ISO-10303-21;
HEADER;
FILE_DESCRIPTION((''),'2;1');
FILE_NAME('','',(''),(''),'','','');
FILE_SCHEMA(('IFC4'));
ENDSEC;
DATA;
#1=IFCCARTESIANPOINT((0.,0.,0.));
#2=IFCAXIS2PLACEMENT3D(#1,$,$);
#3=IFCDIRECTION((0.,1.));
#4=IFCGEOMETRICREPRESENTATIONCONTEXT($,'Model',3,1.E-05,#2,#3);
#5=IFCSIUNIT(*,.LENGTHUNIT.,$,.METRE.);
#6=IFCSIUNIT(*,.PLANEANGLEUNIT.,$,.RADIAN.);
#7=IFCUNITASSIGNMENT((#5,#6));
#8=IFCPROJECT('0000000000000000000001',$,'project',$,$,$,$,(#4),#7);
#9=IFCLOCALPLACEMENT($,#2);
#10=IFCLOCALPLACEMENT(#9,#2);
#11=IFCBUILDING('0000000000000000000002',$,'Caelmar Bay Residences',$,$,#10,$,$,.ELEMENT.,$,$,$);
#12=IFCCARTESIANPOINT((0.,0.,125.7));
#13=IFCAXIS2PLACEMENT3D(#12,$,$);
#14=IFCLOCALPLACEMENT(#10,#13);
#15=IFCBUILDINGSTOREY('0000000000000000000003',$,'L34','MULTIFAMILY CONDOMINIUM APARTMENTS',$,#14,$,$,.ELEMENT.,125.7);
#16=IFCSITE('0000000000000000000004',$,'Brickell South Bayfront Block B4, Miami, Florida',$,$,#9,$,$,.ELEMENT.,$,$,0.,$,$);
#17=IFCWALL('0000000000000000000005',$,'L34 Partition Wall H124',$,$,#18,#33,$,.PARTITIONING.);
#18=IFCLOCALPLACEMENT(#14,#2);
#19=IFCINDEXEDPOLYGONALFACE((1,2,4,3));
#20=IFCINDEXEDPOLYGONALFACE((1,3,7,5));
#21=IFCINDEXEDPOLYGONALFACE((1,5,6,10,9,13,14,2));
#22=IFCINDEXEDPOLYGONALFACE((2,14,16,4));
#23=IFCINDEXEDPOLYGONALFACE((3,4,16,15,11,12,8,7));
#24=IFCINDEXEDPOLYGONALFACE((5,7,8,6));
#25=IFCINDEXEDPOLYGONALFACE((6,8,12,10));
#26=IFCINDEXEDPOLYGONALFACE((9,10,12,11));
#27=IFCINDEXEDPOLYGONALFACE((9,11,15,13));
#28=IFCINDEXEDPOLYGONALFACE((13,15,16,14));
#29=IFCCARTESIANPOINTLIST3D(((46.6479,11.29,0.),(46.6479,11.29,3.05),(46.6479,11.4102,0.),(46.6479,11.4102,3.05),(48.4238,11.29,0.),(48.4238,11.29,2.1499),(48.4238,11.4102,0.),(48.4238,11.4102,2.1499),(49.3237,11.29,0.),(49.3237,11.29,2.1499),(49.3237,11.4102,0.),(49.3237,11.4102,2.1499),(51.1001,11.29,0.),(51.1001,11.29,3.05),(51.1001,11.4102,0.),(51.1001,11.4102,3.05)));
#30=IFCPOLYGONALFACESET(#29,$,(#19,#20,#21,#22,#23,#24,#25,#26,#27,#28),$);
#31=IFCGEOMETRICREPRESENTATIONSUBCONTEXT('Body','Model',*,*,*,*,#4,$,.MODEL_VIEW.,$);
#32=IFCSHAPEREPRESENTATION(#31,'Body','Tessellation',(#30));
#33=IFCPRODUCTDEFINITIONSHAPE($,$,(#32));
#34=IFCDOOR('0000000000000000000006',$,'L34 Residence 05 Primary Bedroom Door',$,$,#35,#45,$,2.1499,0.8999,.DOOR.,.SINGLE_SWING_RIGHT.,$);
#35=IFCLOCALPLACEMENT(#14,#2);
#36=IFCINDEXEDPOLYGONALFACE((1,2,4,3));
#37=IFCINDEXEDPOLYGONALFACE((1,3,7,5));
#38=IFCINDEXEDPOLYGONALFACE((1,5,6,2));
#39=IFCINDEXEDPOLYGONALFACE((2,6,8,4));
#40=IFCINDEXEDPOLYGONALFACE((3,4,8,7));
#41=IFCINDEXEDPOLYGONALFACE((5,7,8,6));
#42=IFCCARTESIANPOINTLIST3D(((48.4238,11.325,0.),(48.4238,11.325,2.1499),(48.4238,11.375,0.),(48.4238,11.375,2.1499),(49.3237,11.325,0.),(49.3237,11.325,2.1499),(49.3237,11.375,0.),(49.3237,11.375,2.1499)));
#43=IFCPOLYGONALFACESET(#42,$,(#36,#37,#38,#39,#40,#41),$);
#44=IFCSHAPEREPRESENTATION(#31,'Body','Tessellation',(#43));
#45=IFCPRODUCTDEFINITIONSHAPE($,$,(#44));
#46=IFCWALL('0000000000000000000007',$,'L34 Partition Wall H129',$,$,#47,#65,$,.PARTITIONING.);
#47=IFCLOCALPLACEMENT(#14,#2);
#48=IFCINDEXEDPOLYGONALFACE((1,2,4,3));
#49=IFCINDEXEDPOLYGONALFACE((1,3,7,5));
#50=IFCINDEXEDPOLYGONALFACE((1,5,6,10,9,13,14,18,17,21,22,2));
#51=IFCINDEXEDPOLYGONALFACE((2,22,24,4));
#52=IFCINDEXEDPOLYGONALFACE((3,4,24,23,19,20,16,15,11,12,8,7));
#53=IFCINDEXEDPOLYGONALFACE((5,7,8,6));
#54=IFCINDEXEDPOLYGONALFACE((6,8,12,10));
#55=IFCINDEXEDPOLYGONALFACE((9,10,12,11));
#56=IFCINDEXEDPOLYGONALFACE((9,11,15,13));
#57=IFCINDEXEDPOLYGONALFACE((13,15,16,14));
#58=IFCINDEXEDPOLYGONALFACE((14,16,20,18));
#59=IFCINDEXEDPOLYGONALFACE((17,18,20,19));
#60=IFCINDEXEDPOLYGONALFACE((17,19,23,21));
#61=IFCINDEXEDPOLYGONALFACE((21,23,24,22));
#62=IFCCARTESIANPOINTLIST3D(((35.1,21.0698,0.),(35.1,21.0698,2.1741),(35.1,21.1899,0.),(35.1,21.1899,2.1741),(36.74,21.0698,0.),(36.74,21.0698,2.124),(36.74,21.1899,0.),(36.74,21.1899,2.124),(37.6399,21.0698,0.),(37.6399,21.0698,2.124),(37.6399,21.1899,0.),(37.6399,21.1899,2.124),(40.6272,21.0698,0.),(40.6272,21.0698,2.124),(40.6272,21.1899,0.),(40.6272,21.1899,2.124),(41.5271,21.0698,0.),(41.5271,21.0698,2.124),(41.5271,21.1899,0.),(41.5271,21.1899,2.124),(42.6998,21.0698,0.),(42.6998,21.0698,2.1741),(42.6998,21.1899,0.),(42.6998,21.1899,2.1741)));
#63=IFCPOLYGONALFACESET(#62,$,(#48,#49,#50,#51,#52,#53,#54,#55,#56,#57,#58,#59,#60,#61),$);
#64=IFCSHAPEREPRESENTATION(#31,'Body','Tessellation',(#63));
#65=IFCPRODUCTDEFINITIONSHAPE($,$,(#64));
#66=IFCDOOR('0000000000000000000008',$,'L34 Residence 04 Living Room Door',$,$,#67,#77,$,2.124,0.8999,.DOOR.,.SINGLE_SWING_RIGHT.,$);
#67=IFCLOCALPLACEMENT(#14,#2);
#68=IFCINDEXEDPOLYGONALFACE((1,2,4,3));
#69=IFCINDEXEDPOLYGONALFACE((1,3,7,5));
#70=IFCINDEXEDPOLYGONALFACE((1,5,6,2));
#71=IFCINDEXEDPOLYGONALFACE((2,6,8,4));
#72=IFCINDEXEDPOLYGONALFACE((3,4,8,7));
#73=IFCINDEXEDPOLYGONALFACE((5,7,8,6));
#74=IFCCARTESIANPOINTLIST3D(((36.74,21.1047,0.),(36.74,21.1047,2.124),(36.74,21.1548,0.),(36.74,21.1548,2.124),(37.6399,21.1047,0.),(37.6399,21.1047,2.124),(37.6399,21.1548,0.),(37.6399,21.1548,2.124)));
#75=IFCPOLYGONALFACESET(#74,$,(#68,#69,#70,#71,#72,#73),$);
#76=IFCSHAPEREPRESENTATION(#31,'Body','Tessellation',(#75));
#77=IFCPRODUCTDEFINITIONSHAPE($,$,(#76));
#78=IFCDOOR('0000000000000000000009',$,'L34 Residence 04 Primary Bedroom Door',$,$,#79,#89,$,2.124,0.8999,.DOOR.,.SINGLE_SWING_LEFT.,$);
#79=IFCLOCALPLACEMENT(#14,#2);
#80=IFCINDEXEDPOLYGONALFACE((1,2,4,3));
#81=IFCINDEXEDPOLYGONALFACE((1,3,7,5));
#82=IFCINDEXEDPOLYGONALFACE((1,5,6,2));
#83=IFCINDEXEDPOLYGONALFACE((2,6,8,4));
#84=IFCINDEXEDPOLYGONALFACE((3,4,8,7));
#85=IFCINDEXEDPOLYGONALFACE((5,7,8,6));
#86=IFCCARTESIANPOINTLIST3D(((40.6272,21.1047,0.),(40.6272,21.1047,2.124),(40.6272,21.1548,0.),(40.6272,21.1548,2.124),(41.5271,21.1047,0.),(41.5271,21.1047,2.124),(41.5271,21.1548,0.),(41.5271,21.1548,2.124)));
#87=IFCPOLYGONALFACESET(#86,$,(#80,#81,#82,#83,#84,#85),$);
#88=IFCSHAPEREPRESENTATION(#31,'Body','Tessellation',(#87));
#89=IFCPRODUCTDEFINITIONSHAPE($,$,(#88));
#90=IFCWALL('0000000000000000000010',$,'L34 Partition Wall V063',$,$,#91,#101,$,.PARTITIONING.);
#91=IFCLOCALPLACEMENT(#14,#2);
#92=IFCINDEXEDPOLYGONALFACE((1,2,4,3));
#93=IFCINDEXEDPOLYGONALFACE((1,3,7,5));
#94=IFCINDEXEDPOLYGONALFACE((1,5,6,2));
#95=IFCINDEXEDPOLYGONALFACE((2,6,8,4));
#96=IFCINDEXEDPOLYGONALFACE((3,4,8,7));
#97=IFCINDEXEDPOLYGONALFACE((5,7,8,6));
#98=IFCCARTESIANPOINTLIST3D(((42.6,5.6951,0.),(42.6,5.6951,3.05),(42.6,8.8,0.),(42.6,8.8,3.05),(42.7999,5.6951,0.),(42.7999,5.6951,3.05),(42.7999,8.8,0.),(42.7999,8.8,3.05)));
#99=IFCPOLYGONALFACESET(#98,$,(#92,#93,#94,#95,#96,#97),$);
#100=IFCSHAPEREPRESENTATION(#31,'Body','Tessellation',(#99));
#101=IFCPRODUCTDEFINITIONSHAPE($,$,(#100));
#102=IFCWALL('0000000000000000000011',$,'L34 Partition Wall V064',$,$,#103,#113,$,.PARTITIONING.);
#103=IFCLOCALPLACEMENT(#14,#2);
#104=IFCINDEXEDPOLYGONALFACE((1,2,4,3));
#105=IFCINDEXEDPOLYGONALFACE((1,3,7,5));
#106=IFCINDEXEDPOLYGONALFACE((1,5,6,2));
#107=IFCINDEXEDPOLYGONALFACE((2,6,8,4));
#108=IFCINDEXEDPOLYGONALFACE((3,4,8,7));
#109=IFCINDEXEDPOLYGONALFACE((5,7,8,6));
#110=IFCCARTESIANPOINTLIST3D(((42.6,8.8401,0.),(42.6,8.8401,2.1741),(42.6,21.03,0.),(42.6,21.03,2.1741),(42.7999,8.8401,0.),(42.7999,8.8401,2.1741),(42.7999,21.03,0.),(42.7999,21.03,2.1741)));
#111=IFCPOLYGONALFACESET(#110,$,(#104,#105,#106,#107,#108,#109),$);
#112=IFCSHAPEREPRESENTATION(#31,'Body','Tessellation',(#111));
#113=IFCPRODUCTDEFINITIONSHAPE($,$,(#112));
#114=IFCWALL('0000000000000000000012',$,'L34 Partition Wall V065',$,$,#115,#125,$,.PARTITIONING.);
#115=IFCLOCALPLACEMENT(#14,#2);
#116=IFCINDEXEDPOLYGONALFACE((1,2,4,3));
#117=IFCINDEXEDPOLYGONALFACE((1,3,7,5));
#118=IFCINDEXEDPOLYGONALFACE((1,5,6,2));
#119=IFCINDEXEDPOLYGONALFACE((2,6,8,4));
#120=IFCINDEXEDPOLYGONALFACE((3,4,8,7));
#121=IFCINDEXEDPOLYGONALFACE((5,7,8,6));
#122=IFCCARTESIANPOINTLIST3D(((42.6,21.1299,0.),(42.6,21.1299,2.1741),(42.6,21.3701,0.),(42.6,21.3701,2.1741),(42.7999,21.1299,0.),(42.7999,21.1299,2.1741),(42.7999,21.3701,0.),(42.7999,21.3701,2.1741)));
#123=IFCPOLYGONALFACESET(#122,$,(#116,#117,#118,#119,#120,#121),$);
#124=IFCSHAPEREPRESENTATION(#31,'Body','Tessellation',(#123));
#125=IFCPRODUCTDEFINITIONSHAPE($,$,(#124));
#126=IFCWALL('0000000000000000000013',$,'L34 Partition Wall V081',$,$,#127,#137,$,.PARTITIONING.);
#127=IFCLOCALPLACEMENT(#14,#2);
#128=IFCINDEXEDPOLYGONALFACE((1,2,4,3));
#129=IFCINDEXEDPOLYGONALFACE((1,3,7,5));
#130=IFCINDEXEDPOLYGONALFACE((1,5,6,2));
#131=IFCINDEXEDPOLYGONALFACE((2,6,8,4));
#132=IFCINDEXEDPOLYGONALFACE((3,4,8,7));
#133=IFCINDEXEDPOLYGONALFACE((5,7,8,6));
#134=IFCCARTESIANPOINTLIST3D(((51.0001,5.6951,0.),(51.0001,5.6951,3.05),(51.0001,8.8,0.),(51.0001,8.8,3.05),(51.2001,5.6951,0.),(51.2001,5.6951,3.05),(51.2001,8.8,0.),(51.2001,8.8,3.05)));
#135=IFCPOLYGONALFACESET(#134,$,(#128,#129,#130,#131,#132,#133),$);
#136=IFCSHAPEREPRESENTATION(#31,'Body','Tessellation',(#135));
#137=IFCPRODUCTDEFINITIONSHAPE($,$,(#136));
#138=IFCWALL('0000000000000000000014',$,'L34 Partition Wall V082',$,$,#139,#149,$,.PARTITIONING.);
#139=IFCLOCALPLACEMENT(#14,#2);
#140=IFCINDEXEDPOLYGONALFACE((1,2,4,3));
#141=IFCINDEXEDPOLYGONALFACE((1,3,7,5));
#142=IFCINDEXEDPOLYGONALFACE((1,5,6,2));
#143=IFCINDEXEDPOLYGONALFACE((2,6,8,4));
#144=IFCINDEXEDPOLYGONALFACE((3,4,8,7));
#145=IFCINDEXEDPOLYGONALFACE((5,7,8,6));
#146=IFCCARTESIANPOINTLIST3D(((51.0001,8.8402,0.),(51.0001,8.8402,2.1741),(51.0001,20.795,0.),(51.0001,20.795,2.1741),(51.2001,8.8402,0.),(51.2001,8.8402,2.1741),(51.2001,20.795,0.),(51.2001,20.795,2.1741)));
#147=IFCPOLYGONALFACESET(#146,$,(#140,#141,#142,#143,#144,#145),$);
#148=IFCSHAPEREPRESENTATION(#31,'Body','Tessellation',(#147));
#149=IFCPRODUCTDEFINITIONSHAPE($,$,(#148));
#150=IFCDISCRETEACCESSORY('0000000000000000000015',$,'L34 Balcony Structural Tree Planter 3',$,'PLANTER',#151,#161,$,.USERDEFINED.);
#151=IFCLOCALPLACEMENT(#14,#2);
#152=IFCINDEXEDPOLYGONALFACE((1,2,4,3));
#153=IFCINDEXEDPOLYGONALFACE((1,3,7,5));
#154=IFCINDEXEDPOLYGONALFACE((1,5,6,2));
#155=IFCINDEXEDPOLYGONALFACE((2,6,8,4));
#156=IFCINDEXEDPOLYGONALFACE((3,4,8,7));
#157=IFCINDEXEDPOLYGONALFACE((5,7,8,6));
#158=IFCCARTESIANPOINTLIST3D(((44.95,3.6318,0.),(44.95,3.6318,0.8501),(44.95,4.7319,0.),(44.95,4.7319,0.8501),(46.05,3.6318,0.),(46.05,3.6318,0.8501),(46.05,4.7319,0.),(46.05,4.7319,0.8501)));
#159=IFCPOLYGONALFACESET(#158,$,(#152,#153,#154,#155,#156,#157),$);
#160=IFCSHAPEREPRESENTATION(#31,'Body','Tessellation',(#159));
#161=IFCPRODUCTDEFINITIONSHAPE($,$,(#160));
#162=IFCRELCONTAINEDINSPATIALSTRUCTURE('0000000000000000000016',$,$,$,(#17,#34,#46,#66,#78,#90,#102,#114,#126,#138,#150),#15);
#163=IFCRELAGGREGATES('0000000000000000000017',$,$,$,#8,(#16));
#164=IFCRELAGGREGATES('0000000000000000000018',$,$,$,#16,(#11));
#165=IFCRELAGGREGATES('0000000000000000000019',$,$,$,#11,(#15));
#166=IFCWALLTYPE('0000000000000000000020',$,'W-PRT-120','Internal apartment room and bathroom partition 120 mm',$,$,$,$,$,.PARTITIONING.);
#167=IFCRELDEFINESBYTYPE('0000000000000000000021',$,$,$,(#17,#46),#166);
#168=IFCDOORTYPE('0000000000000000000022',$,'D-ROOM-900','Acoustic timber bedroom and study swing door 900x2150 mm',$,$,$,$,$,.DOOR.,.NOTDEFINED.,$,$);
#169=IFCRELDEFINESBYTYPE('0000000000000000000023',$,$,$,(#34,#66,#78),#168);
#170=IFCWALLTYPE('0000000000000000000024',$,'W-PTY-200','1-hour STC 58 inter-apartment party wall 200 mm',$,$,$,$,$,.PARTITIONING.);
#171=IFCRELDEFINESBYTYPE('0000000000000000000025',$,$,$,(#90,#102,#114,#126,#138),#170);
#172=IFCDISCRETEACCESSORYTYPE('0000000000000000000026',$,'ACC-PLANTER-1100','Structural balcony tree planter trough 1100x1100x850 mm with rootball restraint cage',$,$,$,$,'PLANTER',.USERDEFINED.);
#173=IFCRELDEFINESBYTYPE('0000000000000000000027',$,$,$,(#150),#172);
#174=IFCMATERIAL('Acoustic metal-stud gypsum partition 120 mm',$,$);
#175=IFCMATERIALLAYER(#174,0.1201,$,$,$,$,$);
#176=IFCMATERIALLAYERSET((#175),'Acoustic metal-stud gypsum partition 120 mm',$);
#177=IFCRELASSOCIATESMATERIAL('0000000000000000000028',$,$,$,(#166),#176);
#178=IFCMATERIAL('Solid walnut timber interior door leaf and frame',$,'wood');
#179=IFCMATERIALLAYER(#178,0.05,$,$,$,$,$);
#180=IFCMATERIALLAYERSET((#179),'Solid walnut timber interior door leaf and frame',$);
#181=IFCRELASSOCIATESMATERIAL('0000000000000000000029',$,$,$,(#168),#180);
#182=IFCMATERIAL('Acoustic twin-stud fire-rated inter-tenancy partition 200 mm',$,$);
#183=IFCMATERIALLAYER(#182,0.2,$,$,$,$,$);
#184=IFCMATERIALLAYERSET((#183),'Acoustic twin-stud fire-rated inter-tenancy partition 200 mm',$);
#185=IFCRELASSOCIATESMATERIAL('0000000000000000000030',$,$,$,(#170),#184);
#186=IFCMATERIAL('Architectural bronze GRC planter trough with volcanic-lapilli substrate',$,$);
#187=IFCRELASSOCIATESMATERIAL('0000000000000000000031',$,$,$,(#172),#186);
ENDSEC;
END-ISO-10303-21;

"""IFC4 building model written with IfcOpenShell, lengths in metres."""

from ifc_helpers import new_model, si_unit, direction, frame, frame_2d, origin, origin_2d, place, context, subcontext, project, spatial, rectangle, extrude, material, layer, layer_set, type_object, element, fill, save


model = new_model("IFC4")

# Units and contexts
model_context = context("Model", 3, precision=1e-05, world=origin(), true_north=direction((0.0, 1.0)))
body_context = subcontext(model_context, "Body", "Model", "MODEL_VIEW")
ifc_project = project(units=[si_unit("LENGTHUNIT", "METRE"), si_unit("PLANEANGLEUNIT", "RADIAN")], contexts=[model_context])

# Site, building, storey
site_placement = place(None, origin())
site = spatial("IfcSite", under=ifc_project, at=site_placement, Name="Brickell South Bayfront Block B4, Miami, Florida", CompositionType="ELEMENT", RefElevation=0.0)
building_placement = place(site_placement, origin())
building = spatial("IfcBuilding", under=site, at=building_placement, Name="Caelmar Bay Residences", CompositionType="ELEMENT")
storey_placement = place(building_placement, frame((0.0, 0.0, 125.7)))
storey = spatial("IfcBuildingStorey", under=building, at=storey_placement, Name="L34", Description="MULTIFAMILY CONDOMINIUM APARTMENTS", CompositionType="ELEMENT", Elevation=125.7)

# Shared definitions
ifc_material_1 = material(Name="Acoustic metal-stud gypsum partition 120 mm")
ifc_layer_1 = layer(ifc_material_1, 0.1201)
ifc_layer_set_1 = layer_set([ifc_layer_1], Name="Acoustic metal-stud gypsum partition 120 mm")
wall_type_1 = type_object("IfcWallType", Name="W-PRT-120", Description="Internal apartment room and bathroom partition 120 mm", PredefinedType="PARTITIONING", material=ifc_layer_set_1)

# Wall, opening, door
wall_1_placement = place(storey_placement, frame((46.6479, 11.3501, 0.0), z_axis=(0.0, 0.0, 1.0), x_axis=(1.0, 0.0, 0.0)))
wall_1 = element("IfcWall", 1, at=wall_1_placement, inside=storey, type_object=wall_type_1, Name="L34 Partition Wall H124", PredefinedType="PARTITIONING", context=body_context, shape_type="SweptSolid", body=[
    extrude(rectangle(XDim=4.4521, YDim=0.1201, at=frame_2d((2.2261, 0.0))), origin(), (0.0, 0.0, 1.0), 3.05),
])
opening_1_placement = place(wall_1_placement, frame((1.7759, 0.0, 0.0)))
opening_1 = element("IfcOpeningElement", 2, at=opening_1_placement, cuts=wall_1, PredefinedType="OPENING", context=body_context, shape_type="SweptSolid", body=[
    extrude(rectangle(XDim=0.8999, YDim=2.1499, at=frame_2d((0.45, 1.075))), frame((0.0, 0.0701, 0.0), z_axis=(0.0, -1.0, 0.0), x_axis=(1.0, 0.0, 0.0)), (0.0, 0.0, 1.0), 0.1401),
])
ifc_material_2 = material(Name="Solid walnut timber interior door leaf and frame", Category="wood")
ifc_layer_2 = layer(ifc_material_2, 0.05)
ifc_layer_set_2 = layer_set([ifc_layer_2], Name="Solid walnut timber interior door leaf and frame")
door_type = type_object("IfcDoorType", Name="D-ROOM-900", Description="Acoustic timber bedroom and study swing door 900x2150 mm", OperationType="NOTDEFINED", PredefinedType="DOOR", material=ifc_layer_set_2)
door_1_placement = place(opening_1_placement, origin())
door_1 = element("IfcDoor", 3, at=door_1_placement, inside=storey, type_object=door_type, Name="L34 Residence 05 Primary Bedroom Door", OperationType="SINGLE_SWING_RIGHT", OverallHeight=2.1499, OverallWidth=0.8999, PredefinedType="DOOR", context=body_context, shape_type="SweptSolid", body=[
    extrude(rectangle(XDim=0.8999, YDim=2.1499, at=frame_2d((0.45, 1.075))), frame((0.0, 0.0249, 0.0), z_axis=(0.0, -1.0, 0.0), x_axis=(1.0, 0.0, 0.0)), (0.0, 0.0, 1.0), 0.05),
])
fill(opening_1, door_1)

# Wall, openings, doors
wall_2_placement = place(storey_placement, frame((35.1001, 21.1299, 0.0), z_axis=(0.0, 0.0, 1.0), x_axis=(1.0, 0.0, 0.0)))
wall_2 = element("IfcWall", 4, at=wall_2_placement, inside=storey, type_object=wall_type_1, Name="L34 Partition Wall H129", PredefinedType="PARTITIONING", context=body_context, shape_type="SweptSolid", body=[
    extrude(rectangle(XDim=7.5999, YDim=0.1201, at=frame_2d((3.7998, 0.0))), origin(), (0.0, 0.0, 1.0), 2.1741),
])
opening_2_placement = place(wall_2_placement, frame((1.6399, 0.0, 0.0)))
opening_2 = element("IfcOpeningElement", 5, at=opening_2_placement, cuts=wall_2, PredefinedType="OPENING", context=body_context, shape_type="SweptSolid", body=[
    extrude(rectangle(XDim=0.8999, YDim=2.124, at=frame_2d((0.45, 1.062))), frame((0.0, 0.0701, 0.0), z_axis=(0.0, -1.0, 0.0), x_axis=(1.0, 0.0, 0.0)), (0.0, 0.0, 1.0), 0.1401),
])
opening_3_placement = place(wall_2_placement, frame((5.5271, 0.0, 0.0)))
opening_3 = element("IfcOpeningElement", 6, at=opening_3_placement, cuts=wall_2, PredefinedType="OPENING", context=body_context, shape_type="SweptSolid", body=[
    extrude(rectangle(XDim=0.8999, YDim=2.124, at=frame_2d((0.45, 1.062))), frame((0.0, 0.0701, 0.0), z_axis=(0.0, -1.0, 0.0), x_axis=(1.0, 0.0, 0.0)), (0.0, 0.0, 1.0), 0.1401),
])
door_2_placement = place(opening_2_placement, origin())
door_2 = element("IfcDoor", 7, at=door_2_placement, inside=storey, type_object=door_type, Name="L34 Residence 04 Living Room Door", OperationType="SINGLE_SWING_RIGHT", OverallHeight=2.124, OverallWidth=0.8999, PredefinedType="DOOR", context=body_context, shape_type="SweptSolid", body=[
    extrude(rectangle(XDim=0.8999, YDim=2.124, at=frame_2d((0.45, 1.062))), frame((0.0, 0.0249, 0.0), z_axis=(0.0, -1.0, 0.0), x_axis=(1.0, 0.0, 0.0)), (0.0, 0.0, 1.0), 0.05),
])
fill(opening_2, door_2)
door_3_placement = place(opening_3_placement, origin())
door_3 = element("IfcDoor", 8, at=door_3_placement, inside=storey, type_object=door_type, Name="L34 Residence 04 Primary Bedroom Door", OperationType="SINGLE_SWING_LEFT", OverallHeight=2.124, OverallWidth=0.8999, PredefinedType="DOOR", context=body_context, shape_type="SweptSolid", body=[
    extrude(rectangle(XDim=0.8999, YDim=2.124, at=frame_2d((0.45, 1.062))), frame((0.0, 0.0249, 0.0), z_axis=(0.0, -1.0, 0.0), x_axis=(1.0, 0.0, 0.0)), (0.0, 0.0, 1.0), 0.05),
])
fill(opening_3, door_3)

# Walls
ifc_material_3 = material(Name="Acoustic twin-stud fire-rated inter-tenancy partition 200 mm")
ifc_layer_3 = layer(ifc_material_3, 0.2)
ifc_layer_set_3 = layer_set([ifc_layer_3], Name="Acoustic twin-stud fire-rated inter-tenancy partition 200 mm")
wall_type_2 = type_object("IfcWallType", Name="W-PTY-200", Description="1-hour STC 58 inter-apartment party wall 200 mm", PredefinedType="PARTITIONING", material=ifc_layer_set_3)
wall_3_placement = place(storey_placement, frame((42.7, 5.6951, 0.0), z_axis=(0.0, 0.0, 1.0), x_axis=(0.0, 1.0, 0.0)))
element("IfcWall", 9, at=wall_3_placement, inside=storey, type_object=wall_type_2, Name="L34 Partition Wall V063", PredefinedType="PARTITIONING", context=body_context, shape_type="SweptSolid", body=[
    extrude(rectangle(XDim=3.105, YDim=0.2, at=frame_2d((1.5525, 0.0))), origin(), (0.0, 0.0, 1.0), 3.05),
])
wall_4_placement = place(storey_placement, frame((42.7, 8.8401, 0.0), z_axis=(0.0, 0.0, 1.0), x_axis=(0.0, 1.0, 0.0)))
element("IfcWall", 10, at=wall_4_placement, inside=storey, type_object=wall_type_2, Name="L34 Partition Wall V064", PredefinedType="PARTITIONING", context=body_context, shape_type="SweptSolid", body=[
    extrude(rectangle(XDim=12.1899, YDim=0.2, at=frame_2d((6.095, 0.0))), origin(), (0.0, 0.0, 1.0), 2.1741),
])
wall_5_placement = place(storey_placement, frame((42.7, 21.1299, 0.0), z_axis=(0.0, 0.0, 1.0), x_axis=(0.0, 1.0, 0.0)))
element("IfcWall", 11, at=wall_5_placement, inside=storey, type_object=wall_type_2, Name="L34 Partition Wall V065", PredefinedType="PARTITIONING", context=body_context, shape_type="SweptSolid", body=[
    extrude(rectangle(XDim=0.2402, YDim=0.2, at=frame_2d((0.1201, 0.0))), origin(), (0.0, 0.0, 1.0), 2.1741),
])
wall_6_placement = place(storey_placement, frame((51.1001, 5.6951, 0.0), z_axis=(0.0, 0.0, 1.0), x_axis=(0.0, 1.0, 0.0)))
element("IfcWall", 12, at=wall_6_placement, inside=storey, type_object=wall_type_2, Name="L34 Partition Wall V081", PredefinedType="PARTITIONING", context=body_context, shape_type="SweptSolid", body=[
    extrude(rectangle(XDim=3.105, YDim=0.2, at=frame_2d((1.5525, 0.0))), origin(), (0.0, 0.0, 1.0), 3.05),
])
wall_7_placement = place(storey_placement, frame((51.1001, 8.8401, 0.0), z_axis=(0.0, 0.0, 1.0), x_axis=(0.0, 1.0, 0.0)))
element("IfcWall", 13, at=wall_7_placement, inside=storey, type_object=wall_type_2, Name="L34 Partition Wall V082", PredefinedType="PARTITIONING", context=body_context, shape_type="SweptSolid", body=[
    extrude(rectangle(XDim=11.9548, YDim=0.2, at=frame_2d((5.9775, 0.0))), origin(), (0.0, 0.0, 1.0), 2.1741),
])

# Discrete accessory
ifc_material_4 = material(Name="Architectural bronze GRC planter trough with volcanic-lapilli substrate")
discrete_accessory_type = type_object("IfcDiscreteAccessoryType", Name="ACC-PLANTER-1100", Description="Structural balcony tree planter trough 1100x1100x850 mm with rootball restraint cage", ElementType="PLANTER", PredefinedType="USERDEFINED", material=ifc_material_4)
discrete_accessory_placement = place(storey_placement, frame((45.5, 4.1819, 0.0), z_axis=(0.0, 0.0, 1.0), x_axis=(1.0, 0.0, 0.0)))
element("IfcDiscreteAccessory", 14, at=discrete_accessory_placement, inside=storey, type_object=discrete_accessory_type, Name="L34 Balcony Structural Tree Planter 3", ObjectType="PLANTER", PredefinedType="USERDEFINED", context=body_context, shape_type="SweptSolid", body=[
    extrude(rectangle(XDim=1.1001, YDim=1.1001, at=origin_2d()), origin(), (0.0, 0.0, 1.0), 0.8501),
])

save(model, "model.ifc")
